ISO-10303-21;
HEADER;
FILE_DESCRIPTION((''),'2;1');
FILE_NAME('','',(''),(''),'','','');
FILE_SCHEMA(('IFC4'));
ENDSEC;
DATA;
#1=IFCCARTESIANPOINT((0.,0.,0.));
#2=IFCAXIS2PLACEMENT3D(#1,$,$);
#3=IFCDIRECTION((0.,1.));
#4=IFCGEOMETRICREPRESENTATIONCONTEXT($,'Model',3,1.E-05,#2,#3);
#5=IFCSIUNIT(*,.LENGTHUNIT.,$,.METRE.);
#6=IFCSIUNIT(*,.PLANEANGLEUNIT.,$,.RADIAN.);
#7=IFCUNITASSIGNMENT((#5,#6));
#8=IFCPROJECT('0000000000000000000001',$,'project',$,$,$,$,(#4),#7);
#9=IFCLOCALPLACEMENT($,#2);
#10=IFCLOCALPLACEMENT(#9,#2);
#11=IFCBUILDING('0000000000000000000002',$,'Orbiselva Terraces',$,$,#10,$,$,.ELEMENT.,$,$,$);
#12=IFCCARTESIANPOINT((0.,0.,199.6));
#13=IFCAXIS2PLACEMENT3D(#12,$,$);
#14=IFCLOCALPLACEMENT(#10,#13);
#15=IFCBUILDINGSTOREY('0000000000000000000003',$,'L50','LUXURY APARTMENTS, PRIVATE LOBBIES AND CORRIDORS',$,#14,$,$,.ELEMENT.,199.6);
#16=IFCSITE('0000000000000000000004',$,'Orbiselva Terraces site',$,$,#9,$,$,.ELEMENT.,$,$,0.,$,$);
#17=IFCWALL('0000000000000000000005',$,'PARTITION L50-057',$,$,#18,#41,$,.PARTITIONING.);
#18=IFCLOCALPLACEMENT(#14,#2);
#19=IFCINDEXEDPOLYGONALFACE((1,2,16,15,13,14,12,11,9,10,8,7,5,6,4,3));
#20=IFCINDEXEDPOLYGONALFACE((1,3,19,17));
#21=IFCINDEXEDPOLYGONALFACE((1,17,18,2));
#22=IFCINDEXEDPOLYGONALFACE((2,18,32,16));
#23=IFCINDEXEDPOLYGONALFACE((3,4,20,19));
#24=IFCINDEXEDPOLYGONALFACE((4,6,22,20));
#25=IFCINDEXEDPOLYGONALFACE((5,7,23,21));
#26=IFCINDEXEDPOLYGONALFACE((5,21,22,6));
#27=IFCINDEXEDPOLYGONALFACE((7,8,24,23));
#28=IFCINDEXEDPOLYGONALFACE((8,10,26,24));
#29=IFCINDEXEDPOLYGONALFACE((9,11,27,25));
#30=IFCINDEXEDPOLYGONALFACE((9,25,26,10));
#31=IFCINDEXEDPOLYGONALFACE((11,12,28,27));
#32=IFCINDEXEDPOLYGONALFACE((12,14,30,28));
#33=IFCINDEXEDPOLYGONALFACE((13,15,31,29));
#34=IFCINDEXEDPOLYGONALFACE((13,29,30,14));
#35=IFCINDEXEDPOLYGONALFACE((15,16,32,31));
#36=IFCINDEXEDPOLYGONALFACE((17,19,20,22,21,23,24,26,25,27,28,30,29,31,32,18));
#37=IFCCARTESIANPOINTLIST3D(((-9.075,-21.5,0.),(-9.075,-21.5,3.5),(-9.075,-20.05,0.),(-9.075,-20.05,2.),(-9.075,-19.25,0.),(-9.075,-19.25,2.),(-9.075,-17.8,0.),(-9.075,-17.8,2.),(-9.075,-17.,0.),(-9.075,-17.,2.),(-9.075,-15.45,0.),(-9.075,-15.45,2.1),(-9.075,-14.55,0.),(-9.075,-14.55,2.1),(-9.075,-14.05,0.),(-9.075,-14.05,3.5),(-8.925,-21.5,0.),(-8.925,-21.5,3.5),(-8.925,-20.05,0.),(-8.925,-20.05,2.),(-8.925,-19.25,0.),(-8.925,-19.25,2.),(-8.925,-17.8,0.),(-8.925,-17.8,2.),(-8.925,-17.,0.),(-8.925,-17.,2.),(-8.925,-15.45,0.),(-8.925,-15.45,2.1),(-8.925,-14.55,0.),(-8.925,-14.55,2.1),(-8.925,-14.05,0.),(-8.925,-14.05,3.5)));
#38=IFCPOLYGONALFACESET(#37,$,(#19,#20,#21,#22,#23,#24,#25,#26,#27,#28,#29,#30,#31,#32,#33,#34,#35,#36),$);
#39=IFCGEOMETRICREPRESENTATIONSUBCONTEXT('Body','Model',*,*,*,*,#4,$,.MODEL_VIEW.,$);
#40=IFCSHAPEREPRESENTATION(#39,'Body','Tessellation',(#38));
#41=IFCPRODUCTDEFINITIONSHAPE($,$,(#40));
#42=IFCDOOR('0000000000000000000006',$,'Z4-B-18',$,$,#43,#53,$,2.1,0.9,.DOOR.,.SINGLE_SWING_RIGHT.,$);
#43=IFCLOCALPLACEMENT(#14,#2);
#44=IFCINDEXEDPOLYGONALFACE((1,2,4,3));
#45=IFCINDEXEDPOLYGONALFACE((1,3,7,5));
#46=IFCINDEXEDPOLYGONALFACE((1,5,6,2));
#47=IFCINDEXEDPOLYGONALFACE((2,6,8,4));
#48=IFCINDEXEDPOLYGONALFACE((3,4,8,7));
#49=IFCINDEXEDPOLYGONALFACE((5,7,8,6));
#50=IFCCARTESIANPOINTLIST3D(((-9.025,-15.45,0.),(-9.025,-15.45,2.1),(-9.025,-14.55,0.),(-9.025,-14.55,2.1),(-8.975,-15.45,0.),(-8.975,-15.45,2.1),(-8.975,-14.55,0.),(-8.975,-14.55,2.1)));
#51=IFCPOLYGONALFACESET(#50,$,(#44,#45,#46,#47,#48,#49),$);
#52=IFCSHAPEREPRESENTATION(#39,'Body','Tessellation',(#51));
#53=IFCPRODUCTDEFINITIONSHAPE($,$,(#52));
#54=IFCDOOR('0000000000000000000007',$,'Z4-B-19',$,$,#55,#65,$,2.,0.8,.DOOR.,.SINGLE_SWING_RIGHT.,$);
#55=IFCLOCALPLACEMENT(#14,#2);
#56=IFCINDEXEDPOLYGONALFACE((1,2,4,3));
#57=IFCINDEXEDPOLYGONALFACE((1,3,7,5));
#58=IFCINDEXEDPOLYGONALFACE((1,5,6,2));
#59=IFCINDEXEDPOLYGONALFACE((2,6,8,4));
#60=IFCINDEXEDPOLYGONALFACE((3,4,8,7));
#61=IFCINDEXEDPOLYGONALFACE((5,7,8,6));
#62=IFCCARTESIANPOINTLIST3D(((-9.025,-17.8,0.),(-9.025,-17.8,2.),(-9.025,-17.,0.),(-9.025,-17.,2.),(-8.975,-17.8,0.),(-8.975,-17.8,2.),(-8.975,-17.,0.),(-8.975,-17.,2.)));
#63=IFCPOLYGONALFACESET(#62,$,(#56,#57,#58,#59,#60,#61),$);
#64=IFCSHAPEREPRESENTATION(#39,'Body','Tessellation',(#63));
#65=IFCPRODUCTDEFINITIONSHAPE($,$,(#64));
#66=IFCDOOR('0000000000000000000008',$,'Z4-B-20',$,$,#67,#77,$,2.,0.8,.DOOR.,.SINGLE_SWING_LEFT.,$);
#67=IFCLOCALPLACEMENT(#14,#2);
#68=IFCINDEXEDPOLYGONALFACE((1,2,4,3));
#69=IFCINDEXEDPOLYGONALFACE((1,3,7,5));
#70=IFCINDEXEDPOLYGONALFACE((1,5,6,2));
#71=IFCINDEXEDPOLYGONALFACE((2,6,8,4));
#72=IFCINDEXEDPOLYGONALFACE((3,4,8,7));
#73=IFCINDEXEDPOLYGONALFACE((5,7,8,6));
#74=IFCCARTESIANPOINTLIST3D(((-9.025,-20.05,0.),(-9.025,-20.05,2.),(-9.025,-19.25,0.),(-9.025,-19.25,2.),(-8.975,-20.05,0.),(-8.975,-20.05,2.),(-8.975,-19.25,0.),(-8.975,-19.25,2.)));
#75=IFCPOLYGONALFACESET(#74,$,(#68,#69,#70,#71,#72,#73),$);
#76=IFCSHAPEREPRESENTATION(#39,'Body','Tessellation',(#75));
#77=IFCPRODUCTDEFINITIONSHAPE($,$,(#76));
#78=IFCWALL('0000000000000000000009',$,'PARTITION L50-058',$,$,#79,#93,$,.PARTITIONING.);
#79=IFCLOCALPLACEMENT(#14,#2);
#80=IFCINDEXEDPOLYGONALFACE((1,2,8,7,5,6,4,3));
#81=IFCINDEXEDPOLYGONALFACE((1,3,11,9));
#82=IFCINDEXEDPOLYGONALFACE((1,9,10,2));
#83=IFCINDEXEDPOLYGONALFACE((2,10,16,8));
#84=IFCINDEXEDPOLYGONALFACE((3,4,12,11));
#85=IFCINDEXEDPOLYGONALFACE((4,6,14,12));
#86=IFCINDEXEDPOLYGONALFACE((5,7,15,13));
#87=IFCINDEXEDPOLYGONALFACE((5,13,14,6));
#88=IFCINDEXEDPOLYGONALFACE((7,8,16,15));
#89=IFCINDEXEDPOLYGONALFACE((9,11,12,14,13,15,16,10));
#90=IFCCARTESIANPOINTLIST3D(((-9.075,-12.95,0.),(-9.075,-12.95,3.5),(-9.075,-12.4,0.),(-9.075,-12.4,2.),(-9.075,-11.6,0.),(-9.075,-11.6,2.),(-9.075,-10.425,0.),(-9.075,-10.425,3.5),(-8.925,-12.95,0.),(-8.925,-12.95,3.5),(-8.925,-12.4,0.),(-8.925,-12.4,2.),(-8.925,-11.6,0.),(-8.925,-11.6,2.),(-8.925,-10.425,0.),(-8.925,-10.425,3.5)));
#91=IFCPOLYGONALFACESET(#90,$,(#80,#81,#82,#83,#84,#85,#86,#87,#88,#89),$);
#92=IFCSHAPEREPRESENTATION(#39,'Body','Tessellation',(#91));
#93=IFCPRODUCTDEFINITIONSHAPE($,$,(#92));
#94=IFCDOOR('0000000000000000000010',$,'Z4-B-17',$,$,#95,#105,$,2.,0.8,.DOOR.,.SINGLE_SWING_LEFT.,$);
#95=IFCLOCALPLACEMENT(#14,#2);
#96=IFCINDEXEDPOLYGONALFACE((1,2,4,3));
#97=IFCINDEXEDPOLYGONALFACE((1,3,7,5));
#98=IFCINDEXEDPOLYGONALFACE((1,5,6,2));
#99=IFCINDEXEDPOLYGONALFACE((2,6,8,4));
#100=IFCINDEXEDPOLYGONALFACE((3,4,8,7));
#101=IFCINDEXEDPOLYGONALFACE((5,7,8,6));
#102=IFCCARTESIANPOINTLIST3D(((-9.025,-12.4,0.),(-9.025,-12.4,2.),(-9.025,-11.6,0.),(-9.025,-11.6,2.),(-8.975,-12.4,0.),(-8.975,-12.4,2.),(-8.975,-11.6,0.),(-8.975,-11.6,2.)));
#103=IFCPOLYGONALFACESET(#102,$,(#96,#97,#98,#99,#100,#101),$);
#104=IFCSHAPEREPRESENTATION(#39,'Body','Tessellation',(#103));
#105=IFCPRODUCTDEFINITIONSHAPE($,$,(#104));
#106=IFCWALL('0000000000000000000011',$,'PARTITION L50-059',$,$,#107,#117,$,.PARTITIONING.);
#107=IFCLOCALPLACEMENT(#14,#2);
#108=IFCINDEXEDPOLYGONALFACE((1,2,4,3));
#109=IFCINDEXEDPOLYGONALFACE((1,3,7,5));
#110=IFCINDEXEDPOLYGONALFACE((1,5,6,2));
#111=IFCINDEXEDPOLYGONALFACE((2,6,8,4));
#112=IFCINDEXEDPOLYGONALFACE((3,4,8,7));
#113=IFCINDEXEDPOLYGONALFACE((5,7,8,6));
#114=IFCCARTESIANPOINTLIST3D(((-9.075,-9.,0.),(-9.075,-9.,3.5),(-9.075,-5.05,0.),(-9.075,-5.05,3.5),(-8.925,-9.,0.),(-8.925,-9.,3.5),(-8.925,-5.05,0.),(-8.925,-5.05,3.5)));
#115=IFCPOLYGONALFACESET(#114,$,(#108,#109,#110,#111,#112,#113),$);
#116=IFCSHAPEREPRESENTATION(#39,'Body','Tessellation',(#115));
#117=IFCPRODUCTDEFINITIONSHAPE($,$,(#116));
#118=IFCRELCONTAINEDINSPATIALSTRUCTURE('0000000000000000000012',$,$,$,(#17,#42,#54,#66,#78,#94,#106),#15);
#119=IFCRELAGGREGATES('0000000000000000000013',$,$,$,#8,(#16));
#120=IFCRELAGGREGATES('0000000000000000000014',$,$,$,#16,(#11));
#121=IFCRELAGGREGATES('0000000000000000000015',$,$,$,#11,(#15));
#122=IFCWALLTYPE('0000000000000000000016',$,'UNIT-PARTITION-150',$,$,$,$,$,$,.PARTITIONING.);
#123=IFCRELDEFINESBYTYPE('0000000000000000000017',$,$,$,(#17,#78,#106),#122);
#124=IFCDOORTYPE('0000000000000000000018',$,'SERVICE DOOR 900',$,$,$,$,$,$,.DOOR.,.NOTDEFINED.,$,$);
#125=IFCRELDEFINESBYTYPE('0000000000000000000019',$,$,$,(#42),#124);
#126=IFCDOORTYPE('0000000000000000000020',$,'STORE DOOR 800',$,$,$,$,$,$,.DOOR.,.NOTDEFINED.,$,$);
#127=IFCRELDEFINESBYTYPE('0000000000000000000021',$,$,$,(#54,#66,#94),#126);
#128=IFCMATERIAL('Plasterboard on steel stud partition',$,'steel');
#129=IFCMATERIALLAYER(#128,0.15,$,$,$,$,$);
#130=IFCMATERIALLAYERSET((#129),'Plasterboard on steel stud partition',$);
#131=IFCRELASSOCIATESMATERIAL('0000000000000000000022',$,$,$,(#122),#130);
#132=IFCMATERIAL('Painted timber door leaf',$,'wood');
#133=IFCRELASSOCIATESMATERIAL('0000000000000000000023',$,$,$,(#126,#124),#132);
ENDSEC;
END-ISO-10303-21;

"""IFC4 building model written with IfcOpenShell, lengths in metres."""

from ifc_helpers import new_model, si_unit, direction, frame, frame_2d, origin, place, context, subcontext, project, spatial, rectangle, extrude, material, layer, layer_set, type_object, element, fill, save


model = new_model("IFC4")

# Units and contexts
model_context = context("Model", 3, precision=1e-05, world=origin(), true_north=direction((0.0, 1.0)))
body_context = subcontext(model_context, "Body", "Model", "MODEL_VIEW")
ifc_project = project(units=[si_unit("LENGTHUNIT", "METRE"), si_unit("PLANEANGLEUNIT", "RADIAN")], contexts=[model_context])

# Site, building, storey
site_placement = place(None, origin())
site = spatial("IfcSite", under=ifc_project, at=site_placement, Name="Orbiselva Terraces site", CompositionType="ELEMENT", RefElevation=0.0)
building_placement = place(site_placement, origin())
building = spatial("IfcBuilding", under=site, at=building_placement, Name="Orbiselva Terraces", CompositionType="ELEMENT")
storey_placement = place(building_placement, frame((0.0, 0.0, 199.6)))
storey = spatial("IfcBuildingStorey", under=building, at=storey_placement, Name="L50", Description="LUXURY APARTMENTS, PRIVATE LOBBIES AND CORRIDORS", CompositionType="ELEMENT", Elevation=199.6)

# Shared definitions
ifc_material_1 = material(Name="Plasterboard on steel stud partition", Category="steel")
ifc_material_2 = material(Name="Painted timber door leaf", Category="wood")

# Shared definitions
ifc_layer_1 = layer(ifc_material_1, 0.15)
ifc_layer_set_1 = layer_set([ifc_layer_1], Name="Plasterboard on steel stud partition")
wall_type_1 = type_object("IfcWallType", Name="UNIT-PARTITION-150", PredefinedType="PARTITIONING", material=ifc_layer_set_1)

# Shared definitions
door_type_1 = type_object("IfcDoorType", Name="STORE DOOR 800", OperationType="NOTDEFINED", PredefinedType="DOOR", material=ifc_material_2)

# Wall, openings, doors
wall_1_placement = place(storey_placement, frame((-9.0, -21.5, 0.0), z_axis=(0.0, 0.0, 1.0), x_axis=(0.0, 1.0, 0.0)))
wall_1 = element("IfcWall", 1, at=wall_1_placement, inside=storey, type_object=wall_type_1, Name="PARTITION L50-057", PredefinedType="PARTITIONING", context=body_context, shape_type="SweptSolid", body=[
    extrude(rectangle(XDim=7.45, YDim=0.15, at=frame_2d((3.725, 0.0))), origin(), (0.0, 0.0, 1.0), 3.5),
])
opening_1_placement = place(wall_1_placement, frame((6.05, 0.0, 0.0)))
opening_1 = element("IfcOpeningElement", 2, at=opening_1_placement, cuts=wall_1, PredefinedType="OPENING", context=body_context, shape_type="SweptSolid", body=[
    extrude(rectangle(XDim=0.9, YDim=2.1, at=frame_2d((0.45, 1.05))), frame((0.0, 0.085, 0.0), z_axis=(0.0, -1.0, 0.0), x_axis=(1.0, 0.0, 0.0)), (0.0, 0.0, 1.0), 0.17),
])
opening_2_placement = place(wall_1_placement, frame((3.7, 0.0, 0.0)))
opening_2 = element("IfcOpeningElement", 3, at=opening_2_placement, cuts=wall_1, PredefinedType="OPENING", context=body_context, shape_type="SweptSolid", body=[
    extrude(rectangle(XDim=0.8, YDim=2.0, at=frame_2d((0.4, 1.0))), frame((0.0, 0.085, 0.0), z_axis=(0.0, -1.0, 0.0), x_axis=(1.0, 0.0, 0.0)), (0.0, 0.0, 1.0), 0.17),
])
opening_3_placement = place(wall_1_placement, frame((1.45, 0.0, 0.0)))
opening_3 = element("IfcOpeningElement", 4, at=opening_3_placement, cuts=wall_1, PredefinedType="OPENING", context=body_context, shape_type="SweptSolid", body=[
    extrude(rectangle(XDim=0.8, YDim=2.0, at=frame_2d((0.4, 1.0))), frame((0.0, 0.085, 0.0), z_axis=(0.0, -1.0, 0.0), x_axis=(1.0, 0.0, 0.0)), (0.0, 0.0, 1.0), 0.17),
])
door_type_2 = type_object("IfcDoorType", Name="SERVICE DOOR 900", OperationType="NOTDEFINED", PredefinedType="DOOR", material=ifc_material_2)
door_1_placement = place(opening_1_placement, origin())
door_1 = element("IfcDoor", 5, at=door_1_placement, inside=storey, type_object=door_type_2, Name="Z4-B-18", OperationType="SINGLE_SWING_RIGHT", OverallHeight=2.1, OverallWidth=0.9, PredefinedType="DOOR", context=body_context, shape_type="SweptSolid", body=[
    extrude(rectangle(XDim=0.9, YDim=2.1, at=frame_2d((0.45, 1.05))), frame((0.0, 0.025, 0.0), z_axis=(0.0, -1.0, 0.0), x_axis=(1.0, 0.0, 0.0)), (0.0, 0.0, 1.0), 0.05),
])
fill(opening_1, door_1)
door_2_placement = place(opening_2_placement, origin())
door_2 = element("IfcDoor", 6, at=door_2_placement, inside=storey, type_object=door_type_1, Name="Z4-B-19", OperationType="SINGLE_SWING_RIGHT", OverallHeight=2.0, OverallWidth=0.8, PredefinedType="DOOR", context=body_context, shape_type="SweptSolid", body=[
    extrude(rectangle(XDim=0.8, YDim=2.0, at=frame_2d((0.4, 1.0))), frame((0.0, 0.025, 0.0), z_axis=(0.0, -1.0, 0.0), x_axis=(1.0, 0.0, 0.0)), (0.0, 0.0, 1.0), 0.05),
])
fill(opening_2, door_2)
door_3_placement = place(opening_3_placement, origin())
door_3 = element("IfcDoor", 7, at=door_3_placement, inside=storey, type_object=door_type_1, Name="Z4-B-20", OperationType="SINGLE_SWING_LEFT", OverallHeight=2.0, OverallWidth=0.8, PredefinedType="DOOR", context=body_context, shape_type="SweptSolid", body=[
    extrude(rectangle(XDim=0.8, YDim=2.0, at=frame_2d((0.4, 1.0))), frame((0.0, 0.025, 0.0), z_axis=(0.0, -1.0, 0.0), x_axis=(1.0, 0.0, 0.0)), (0.0, 0.0, 1.0), 0.05),
])
fill(opening_3, door_3)

# Wall, opening, door
wall_2_placement = place(storey_placement, frame((-9.0, -12.95, 0.0), z_axis=(0.0, 0.0, 1.0), x_axis=(0.0, 1.0, 0.0)))
wall_2 = element("IfcWall", 8, at=wall_2_placement, inside=storey, type_object=wall_type_1, Name="PARTITION L50-058", PredefinedType="PARTITIONING", context=body_context, shape_type="SweptSolid", body=[
    extrude(rectangle(XDim=2.525, YDim=0.15, at=frame_2d((1.2625, 0.0))), origin(), (0.0, 0.0, 1.0), 3.5),
])
opening_4_placement = place(wall_2_placement, frame((0.55, 0.0, 0.0)))
opening_4 = element("IfcOpeningElement", 9, at=opening_4_placement, cuts=wall_2, PredefinedType="OPENING", context=body_context, shape_type="SweptSolid", body=[
    extrude(rectangle(XDim=0.8, YDim=2.0, at=frame_2d((0.4, 1.0))), frame((0.0, 0.085, 0.0), z_axis=(0.0, -1.0, 0.0), x_axis=(1.0, 0.0, 0.0)), (0.0, 0.0, 1.0), 0.17),
])
door_4_placement = place(opening_4_placement, origin())
door_4 = element("IfcDoor", 10, at=door_4_placement, inside=storey, type_object=door_type_1, Name="Z4-B-17", OperationType="SINGLE_SWING_LEFT", OverallHeight=2.0, OverallWidth=0.8, PredefinedType="DOOR", context=body_context, shape_type="SweptSolid", body=[
    extrude(rectangle(XDim=0.8, YDim=2.0, at=frame_2d((0.4, 1.0))), frame((0.0, 0.025, 0.0), z_axis=(0.0, -1.0, 0.0), x_axis=(1.0, 0.0, 0.0)), (0.0, 0.0, 1.0), 0.05),
])
fill(opening_4, door_4)

# Wall
wall_3_placement = place(storey_placement, frame((-9.0, -9.0, 0.0), z_axis=(0.0, 0.0, 1.0), x_axis=(0.0, 1.0, 0.0)))
element("IfcWall", 11, at=wall_3_placement, inside=storey, type_object=wall_type_1, Name="PARTITION L50-059", PredefinedType="PARTITIONING", context=body_context, shape_type="SweptSolid", body=[
    extrude(rectangle(XDim=3.95, YDim=0.15, at=frame_2d((1.975, 0.0))), origin(), (0.0, 0.0, 1.0), 3.5),
])

save(model, "model.ifc")
